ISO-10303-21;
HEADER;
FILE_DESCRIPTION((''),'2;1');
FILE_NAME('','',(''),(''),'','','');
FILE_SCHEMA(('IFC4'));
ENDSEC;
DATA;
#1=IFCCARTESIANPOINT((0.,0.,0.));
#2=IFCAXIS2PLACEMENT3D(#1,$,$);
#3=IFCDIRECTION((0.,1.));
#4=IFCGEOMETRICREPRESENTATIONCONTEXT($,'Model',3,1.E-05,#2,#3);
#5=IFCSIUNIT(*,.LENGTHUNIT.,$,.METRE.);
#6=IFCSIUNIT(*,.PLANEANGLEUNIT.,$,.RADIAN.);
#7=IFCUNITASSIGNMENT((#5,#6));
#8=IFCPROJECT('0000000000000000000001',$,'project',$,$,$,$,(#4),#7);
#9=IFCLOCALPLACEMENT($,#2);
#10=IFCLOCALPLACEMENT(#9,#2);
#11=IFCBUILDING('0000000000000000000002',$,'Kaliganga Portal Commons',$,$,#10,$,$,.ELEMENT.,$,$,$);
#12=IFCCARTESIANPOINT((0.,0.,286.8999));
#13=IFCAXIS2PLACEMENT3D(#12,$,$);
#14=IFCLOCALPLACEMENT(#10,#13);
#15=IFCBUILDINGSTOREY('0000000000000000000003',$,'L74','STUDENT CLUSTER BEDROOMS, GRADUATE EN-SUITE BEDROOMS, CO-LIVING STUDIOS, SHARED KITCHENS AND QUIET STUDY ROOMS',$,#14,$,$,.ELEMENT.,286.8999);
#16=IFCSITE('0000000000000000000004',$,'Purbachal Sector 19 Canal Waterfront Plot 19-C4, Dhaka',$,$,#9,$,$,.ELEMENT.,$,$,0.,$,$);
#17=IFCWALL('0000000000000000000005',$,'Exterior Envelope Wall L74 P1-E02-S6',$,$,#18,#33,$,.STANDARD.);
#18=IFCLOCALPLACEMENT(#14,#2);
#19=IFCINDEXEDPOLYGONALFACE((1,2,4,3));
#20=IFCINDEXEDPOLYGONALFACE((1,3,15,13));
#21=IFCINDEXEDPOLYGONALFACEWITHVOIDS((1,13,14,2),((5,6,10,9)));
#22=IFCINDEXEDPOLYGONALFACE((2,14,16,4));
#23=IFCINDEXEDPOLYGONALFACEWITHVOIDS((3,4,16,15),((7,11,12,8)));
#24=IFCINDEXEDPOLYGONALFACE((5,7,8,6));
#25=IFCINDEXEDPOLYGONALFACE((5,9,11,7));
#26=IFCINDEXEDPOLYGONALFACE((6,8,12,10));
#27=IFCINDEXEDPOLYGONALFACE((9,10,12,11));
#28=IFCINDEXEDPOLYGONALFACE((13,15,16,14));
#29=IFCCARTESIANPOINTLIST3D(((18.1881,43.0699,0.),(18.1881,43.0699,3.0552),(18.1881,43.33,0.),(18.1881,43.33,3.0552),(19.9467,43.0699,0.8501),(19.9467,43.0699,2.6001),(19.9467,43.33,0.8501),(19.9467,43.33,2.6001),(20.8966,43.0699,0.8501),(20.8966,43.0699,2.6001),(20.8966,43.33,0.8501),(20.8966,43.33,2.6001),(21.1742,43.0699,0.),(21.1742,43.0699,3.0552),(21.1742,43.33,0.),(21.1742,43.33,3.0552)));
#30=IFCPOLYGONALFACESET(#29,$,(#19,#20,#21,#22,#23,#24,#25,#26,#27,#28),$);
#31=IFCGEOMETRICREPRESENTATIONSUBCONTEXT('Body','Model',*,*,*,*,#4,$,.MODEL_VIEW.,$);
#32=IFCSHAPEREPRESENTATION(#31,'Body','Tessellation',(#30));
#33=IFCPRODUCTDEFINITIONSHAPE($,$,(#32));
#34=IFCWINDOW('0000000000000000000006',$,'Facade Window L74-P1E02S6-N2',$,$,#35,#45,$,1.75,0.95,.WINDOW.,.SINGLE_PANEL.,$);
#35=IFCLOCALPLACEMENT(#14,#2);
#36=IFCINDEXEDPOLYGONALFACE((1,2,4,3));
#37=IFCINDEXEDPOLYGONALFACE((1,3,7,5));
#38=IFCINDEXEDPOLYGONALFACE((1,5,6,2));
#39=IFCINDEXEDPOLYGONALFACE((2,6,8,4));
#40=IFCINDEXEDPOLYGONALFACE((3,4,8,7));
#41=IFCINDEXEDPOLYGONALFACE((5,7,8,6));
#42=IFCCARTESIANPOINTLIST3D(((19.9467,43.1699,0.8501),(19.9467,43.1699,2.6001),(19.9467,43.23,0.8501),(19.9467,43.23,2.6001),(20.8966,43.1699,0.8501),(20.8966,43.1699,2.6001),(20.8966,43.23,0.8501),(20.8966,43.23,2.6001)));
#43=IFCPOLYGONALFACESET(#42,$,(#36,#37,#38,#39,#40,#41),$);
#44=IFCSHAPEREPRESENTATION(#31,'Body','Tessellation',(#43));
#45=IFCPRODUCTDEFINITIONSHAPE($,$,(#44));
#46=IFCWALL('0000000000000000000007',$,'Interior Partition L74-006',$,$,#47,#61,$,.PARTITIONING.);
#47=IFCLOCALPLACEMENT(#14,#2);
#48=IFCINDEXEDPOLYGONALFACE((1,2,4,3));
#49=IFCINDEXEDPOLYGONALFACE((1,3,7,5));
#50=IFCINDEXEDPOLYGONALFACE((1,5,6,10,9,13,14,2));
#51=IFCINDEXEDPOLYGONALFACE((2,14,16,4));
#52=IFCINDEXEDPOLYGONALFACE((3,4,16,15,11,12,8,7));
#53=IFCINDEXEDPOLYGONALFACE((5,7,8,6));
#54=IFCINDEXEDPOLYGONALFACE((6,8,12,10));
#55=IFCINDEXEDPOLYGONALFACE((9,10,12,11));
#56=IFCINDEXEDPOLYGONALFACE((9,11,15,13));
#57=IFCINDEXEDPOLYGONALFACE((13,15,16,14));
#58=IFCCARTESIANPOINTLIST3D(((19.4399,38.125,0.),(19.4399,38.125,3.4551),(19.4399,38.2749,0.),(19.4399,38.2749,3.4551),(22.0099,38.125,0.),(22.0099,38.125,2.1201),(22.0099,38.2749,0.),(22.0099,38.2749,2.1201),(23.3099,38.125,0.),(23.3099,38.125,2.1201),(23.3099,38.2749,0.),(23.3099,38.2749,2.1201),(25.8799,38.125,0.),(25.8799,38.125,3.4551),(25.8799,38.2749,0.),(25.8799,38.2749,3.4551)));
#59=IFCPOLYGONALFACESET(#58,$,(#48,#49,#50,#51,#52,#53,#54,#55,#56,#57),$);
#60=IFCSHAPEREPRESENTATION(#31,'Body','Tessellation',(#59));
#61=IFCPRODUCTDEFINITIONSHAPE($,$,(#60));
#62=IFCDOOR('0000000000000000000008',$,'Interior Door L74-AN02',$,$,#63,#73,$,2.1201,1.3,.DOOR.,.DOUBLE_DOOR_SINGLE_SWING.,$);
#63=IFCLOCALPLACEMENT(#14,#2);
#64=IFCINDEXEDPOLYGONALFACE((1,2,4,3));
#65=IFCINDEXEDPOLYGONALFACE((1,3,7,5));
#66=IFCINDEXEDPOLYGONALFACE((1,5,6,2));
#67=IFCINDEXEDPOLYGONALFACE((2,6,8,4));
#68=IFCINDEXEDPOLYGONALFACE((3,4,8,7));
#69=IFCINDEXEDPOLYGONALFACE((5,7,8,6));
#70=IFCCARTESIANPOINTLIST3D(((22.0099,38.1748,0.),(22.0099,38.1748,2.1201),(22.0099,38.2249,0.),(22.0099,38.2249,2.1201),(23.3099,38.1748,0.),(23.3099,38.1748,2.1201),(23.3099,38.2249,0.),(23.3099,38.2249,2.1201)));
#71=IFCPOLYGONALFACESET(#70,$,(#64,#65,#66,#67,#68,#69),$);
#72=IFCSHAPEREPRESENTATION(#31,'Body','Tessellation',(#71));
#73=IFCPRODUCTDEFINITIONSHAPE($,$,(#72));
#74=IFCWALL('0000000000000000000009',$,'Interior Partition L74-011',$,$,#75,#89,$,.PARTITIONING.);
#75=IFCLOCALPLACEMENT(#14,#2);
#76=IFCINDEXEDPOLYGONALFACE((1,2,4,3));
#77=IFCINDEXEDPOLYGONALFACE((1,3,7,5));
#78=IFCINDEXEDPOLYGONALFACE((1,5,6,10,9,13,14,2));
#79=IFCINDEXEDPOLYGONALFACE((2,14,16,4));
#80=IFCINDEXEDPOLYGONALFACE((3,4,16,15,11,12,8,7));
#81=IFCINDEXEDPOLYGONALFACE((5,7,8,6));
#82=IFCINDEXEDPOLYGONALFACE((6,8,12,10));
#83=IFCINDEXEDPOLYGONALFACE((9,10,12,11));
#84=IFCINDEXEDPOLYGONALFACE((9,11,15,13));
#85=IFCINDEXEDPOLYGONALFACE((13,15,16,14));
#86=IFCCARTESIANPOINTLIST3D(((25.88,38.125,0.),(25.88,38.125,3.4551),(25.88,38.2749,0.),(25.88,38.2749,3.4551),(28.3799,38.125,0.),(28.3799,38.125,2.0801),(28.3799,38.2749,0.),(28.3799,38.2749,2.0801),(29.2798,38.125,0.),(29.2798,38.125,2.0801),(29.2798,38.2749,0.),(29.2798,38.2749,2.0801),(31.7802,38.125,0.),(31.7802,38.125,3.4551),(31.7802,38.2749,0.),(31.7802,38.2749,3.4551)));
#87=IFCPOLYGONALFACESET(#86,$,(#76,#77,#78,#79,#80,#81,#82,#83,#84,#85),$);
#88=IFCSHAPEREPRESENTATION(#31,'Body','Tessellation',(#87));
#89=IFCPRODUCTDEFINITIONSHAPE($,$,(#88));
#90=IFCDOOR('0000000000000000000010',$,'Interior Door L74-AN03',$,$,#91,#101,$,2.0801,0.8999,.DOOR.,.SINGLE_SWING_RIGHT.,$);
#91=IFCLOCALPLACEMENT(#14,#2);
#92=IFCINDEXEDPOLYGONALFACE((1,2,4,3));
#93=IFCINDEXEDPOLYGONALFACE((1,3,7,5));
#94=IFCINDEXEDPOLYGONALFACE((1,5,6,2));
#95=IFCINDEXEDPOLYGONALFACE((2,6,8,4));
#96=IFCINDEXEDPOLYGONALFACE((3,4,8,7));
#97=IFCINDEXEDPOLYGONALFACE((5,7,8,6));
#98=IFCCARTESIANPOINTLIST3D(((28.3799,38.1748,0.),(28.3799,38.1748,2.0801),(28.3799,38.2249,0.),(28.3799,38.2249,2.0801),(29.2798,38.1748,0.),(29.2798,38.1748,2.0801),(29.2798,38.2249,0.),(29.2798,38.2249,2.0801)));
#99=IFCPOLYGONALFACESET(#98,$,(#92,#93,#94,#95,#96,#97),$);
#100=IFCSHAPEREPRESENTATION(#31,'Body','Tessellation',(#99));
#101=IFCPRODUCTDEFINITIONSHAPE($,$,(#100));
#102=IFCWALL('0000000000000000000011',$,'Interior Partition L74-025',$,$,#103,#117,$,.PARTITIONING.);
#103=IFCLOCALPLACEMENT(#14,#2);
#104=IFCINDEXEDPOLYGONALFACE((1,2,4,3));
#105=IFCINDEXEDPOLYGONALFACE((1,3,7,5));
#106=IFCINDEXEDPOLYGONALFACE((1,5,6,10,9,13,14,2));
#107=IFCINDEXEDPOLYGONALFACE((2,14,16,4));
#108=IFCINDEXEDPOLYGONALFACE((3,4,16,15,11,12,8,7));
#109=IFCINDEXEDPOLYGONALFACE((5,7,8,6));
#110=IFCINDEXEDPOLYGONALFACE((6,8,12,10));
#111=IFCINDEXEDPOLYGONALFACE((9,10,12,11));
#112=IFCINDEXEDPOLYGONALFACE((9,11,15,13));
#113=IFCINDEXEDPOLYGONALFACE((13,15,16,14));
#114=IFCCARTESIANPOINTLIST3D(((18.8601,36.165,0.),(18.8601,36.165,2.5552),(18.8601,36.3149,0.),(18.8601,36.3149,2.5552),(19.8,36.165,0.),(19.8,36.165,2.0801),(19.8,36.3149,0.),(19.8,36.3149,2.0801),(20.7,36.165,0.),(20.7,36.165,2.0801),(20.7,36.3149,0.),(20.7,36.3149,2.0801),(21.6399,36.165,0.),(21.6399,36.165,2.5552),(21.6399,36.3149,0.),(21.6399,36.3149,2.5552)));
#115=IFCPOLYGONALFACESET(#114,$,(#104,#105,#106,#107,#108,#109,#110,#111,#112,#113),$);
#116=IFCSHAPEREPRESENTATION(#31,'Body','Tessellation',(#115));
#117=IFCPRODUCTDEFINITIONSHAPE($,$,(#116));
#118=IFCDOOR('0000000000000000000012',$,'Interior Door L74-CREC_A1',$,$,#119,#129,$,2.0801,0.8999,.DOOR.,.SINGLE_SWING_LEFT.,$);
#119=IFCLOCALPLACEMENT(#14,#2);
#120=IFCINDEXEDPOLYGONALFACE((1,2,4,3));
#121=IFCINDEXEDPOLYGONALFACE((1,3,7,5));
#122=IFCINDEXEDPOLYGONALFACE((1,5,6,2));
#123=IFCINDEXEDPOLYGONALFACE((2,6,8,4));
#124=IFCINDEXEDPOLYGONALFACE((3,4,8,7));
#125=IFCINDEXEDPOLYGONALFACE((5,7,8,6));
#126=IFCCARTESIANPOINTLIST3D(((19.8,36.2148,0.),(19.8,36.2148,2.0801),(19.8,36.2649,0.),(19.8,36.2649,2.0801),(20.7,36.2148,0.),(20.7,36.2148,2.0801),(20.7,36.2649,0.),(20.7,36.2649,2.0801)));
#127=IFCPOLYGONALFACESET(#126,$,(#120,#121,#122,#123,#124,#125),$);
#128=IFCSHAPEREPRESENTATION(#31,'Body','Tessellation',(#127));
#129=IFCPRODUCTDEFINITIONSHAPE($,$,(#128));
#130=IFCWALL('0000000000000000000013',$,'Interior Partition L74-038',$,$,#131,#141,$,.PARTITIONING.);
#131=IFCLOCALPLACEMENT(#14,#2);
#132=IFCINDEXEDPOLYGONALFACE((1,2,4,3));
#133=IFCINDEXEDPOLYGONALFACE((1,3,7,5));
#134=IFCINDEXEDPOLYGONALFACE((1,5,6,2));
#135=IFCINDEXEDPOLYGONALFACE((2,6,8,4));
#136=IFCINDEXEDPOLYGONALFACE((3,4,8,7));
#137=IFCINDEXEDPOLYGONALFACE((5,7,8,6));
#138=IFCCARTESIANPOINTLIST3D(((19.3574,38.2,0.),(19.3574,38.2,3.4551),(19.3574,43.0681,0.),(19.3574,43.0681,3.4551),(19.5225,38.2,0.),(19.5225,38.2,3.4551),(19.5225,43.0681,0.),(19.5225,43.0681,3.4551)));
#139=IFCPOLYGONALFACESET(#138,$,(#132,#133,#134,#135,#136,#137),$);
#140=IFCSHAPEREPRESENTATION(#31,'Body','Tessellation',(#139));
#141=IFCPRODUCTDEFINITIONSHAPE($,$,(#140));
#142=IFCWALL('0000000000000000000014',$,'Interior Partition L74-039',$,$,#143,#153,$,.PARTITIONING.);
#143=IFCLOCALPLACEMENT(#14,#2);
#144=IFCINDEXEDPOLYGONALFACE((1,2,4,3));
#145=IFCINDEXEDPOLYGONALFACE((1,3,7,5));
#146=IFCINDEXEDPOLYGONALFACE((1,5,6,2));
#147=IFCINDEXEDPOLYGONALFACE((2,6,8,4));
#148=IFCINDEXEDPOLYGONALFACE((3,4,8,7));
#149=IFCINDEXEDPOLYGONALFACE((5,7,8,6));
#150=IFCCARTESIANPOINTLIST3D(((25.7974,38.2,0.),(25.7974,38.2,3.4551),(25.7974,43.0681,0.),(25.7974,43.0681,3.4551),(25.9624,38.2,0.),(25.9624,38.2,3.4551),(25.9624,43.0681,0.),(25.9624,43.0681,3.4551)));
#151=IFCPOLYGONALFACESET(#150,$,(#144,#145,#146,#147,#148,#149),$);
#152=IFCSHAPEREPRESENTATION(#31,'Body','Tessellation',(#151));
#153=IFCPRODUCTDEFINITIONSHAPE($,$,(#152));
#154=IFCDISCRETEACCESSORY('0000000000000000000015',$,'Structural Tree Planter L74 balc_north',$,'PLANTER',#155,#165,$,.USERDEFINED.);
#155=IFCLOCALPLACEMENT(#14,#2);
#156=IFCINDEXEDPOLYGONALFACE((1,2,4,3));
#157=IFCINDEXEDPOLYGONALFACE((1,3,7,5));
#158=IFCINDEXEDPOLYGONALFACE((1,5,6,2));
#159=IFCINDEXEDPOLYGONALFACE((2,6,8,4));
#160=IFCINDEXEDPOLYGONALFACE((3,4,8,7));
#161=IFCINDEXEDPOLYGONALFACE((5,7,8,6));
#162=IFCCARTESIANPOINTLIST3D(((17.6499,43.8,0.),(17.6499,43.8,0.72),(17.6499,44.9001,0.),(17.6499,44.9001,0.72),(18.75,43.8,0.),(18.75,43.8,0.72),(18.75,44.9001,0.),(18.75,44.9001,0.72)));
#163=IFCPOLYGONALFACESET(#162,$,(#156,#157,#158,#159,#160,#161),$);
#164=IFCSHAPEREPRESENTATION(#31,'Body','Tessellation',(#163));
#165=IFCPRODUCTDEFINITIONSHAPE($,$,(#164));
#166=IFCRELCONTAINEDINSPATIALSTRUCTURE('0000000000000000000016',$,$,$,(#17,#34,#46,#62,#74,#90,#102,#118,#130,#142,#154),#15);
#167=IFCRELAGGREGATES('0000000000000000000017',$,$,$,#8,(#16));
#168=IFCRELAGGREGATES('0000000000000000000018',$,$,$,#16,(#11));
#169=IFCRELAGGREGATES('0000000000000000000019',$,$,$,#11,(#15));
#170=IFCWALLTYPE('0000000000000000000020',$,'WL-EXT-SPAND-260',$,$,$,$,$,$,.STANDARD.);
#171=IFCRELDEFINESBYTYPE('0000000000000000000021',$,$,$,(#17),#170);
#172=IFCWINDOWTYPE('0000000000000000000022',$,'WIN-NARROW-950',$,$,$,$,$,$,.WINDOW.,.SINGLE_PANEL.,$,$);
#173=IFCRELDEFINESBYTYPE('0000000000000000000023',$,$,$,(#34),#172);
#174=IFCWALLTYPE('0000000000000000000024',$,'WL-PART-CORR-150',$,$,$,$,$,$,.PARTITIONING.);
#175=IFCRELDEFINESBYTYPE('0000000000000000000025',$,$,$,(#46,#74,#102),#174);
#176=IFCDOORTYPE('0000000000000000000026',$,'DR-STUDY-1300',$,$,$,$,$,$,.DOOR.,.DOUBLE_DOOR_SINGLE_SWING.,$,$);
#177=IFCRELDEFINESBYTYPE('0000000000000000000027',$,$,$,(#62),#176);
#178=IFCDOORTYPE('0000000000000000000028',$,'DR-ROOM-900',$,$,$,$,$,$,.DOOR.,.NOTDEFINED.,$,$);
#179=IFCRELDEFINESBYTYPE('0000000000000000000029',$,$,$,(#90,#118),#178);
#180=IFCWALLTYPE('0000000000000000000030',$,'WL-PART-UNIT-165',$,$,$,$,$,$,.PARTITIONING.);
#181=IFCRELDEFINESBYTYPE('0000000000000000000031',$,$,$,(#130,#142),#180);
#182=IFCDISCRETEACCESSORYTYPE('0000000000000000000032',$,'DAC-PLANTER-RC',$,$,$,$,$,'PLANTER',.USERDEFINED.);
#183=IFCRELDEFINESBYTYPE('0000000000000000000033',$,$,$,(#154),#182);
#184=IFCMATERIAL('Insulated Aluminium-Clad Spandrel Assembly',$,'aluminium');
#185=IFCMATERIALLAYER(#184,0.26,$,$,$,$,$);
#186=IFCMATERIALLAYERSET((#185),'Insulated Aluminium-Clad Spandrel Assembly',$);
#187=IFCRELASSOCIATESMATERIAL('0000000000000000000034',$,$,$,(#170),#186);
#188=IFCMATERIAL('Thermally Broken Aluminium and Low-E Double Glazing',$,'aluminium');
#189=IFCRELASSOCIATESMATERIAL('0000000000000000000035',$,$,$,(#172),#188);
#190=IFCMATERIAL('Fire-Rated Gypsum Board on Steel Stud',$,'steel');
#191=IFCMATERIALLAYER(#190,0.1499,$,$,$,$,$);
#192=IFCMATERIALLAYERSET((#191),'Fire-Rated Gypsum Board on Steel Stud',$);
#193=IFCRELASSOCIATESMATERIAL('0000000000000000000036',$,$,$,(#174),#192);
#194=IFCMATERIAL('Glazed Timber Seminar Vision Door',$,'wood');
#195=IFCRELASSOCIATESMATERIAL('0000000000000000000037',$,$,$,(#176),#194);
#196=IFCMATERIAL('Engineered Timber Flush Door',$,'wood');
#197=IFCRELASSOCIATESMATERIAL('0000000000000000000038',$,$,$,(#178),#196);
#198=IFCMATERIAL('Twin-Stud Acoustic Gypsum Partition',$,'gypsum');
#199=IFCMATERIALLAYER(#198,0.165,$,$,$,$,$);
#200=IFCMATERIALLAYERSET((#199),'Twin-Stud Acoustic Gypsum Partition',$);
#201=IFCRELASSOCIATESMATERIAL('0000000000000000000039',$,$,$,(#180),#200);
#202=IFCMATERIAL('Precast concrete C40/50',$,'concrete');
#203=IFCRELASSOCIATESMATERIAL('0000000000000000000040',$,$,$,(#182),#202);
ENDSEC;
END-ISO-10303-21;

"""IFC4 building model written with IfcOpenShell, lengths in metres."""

from ifc_helpers import new_model, si_unit, direction, frame, frame_2d, origin, origin_2d, place, context, subcontext, project, spatial, rectangle, extrude, source, transform, mapped, material, layer, layer_set, type_object, element, fill, save


model = new_model("IFC4")

# Units and contexts
model_context = context("Model", 3, precision=1e-05, world=origin(), true_north=direction((0.0, 1.0)))
body_context = subcontext(model_context, "Body", "Model", "MODEL_VIEW")
ifc_project = project(units=[si_unit("LENGTHUNIT", "METRE"), si_unit("PLANEANGLEUNIT", "RADIAN")], contexts=[model_context])

# Site, building, storey
site_placement = place(None, origin())
site = spatial("IfcSite", under=ifc_project, at=site_placement, Name="Purbachal Sector 19 Canal Waterfront Plot 19-C4, Dhaka", CompositionType="ELEMENT", RefElevation=0.0)
building_placement = place(site_placement, origin())
building = spatial("IfcBuilding", under=site, at=building_placement, Name="Kaliganga Portal Commons", CompositionType="ELEMENT")
storey_placement = place(building_placement, frame((0.0, 0.0, 286.8999)))
storey = spatial("IfcBuildingStorey", under=building, at=storey_placement, Name="L74", Description="STUDENT CLUSTER BEDROOMS, GRADUATE EN-SUITE BEDROOMS, CO-LIVING STUDIOS, SHARED KITCHENS AND QUIET STUDY ROOMS", CompositionType="ELEMENT", Elevation=286.8999)

# Wall, opening, window
ifc_material_1 = material(Name="Insulated Aluminium-Clad Spandrel Assembly", Category="aluminium")
ifc_layer_1 = layer(ifc_material_1, 0.26)
ifc_layer_set_1 = layer_set([ifc_layer_1], Name="Insulated Aluminium-Clad Spandrel Assembly")
wall_type_1 = type_object("IfcWallType", Name="WL-EXT-SPAND-260", PredefinedType="STANDARD", material=ifc_layer_set_1)
ifc_material_2 = material(Name="Thermally Broken Aluminium and Low-E Double Glazing", Category="aluminium")
window_type = type_object("IfcWindowType", Name="WIN-NARROW-950", PartitioningType="SINGLE_PANEL", PredefinedType="WINDOW", material=ifc_material_2)
wall_1_placement = place(storey_placement, frame((18.188, 43.2, 0.0), z_axis=(0.0, 0.0, 1.0), x_axis=(1.0, 0.0, 0.0)))
wall_1 = element("IfcWall", 1, at=wall_1_placement, inside=storey, type_object=wall_type_1, Name="Exterior Envelope Wall L74 P1-E02-S6", PredefinedType="STANDARD", context=body_context, shape_type="SweptSolid", body=[
    extrude(rectangle(XDim=2.9861, YDim=0.26, at=frame_2d((1.4932, 0.0))), origin(), (0.0, 0.0, 1.0), 3.0552),
])
opening_1_placement = place(wall_1_placement, frame((1.7585, 0.0, 0.8501)))
opening_1 = element("IfcOpeningElement", 2, at=opening_1_placement, cuts=wall_1, PredefinedType="OPENING", context=body_context, shape_type="SweptSolid", body=[
    extrude(rectangle(XDim=0.95, YDim=1.75, at=frame_2d((0.4751, 0.875))), frame((0.0, 0.1401, 0.0), z_axis=(0.0, -1.0, 0.0), x_axis=(1.0, 0.0, 0.0)), (0.0, 0.0, 1.0), 0.28),
])
window_1_placement = place(opening_1_placement, origin())
window_1 = element("IfcWindow", 3, at=window_1_placement, inside=storey, type_object=window_type, Name="Facade Window L74-P1E02S6-N2", OverallHeight=1.75, OverallWidth=0.95, PartitioningType="SINGLE_PANEL", PredefinedType="WINDOW", context=body_context, shape_type="SweptSolid", body=[
    extrude(rectangle(XDim=0.95, YDim=1.75, at=frame_2d((0.4751, 0.875))), frame((0.0, 0.03, 0.0), z_axis=(0.0, -1.0, 0.0), x_axis=(1.0, 0.0, 0.0)), (0.0, 0.0, 1.0), 0.0601),
])
fill(opening_1, window_1)

# Walls, openings, doors
ifc_material_3 = material(Name="Fire-Rated Gypsum Board on Steel Stud", Category="steel")
ifc_layer_2 = layer(ifc_material_3, 0.1499)
ifc_layer_set_2 = layer_set([ifc_layer_2], Name="Fire-Rated Gypsum Board on Steel Stud")
wall_type_2 = type_object("IfcWallType", Name="WL-PART-CORR-150", PredefinedType="PARTITIONING", material=ifc_layer_set_2)
wall_2_placement = place(storey_placement, frame((19.4399, 38.2, 0.0), z_axis=(0.0, 0.0, 1.0), x_axis=(1.0, 0.0, 0.0)))
wall_2 = element("IfcWall", 4, at=wall_2_placement, inside=storey, type_object=wall_type_2, Name="Interior Partition L74-006", PredefinedType="PARTITIONING", context=body_context, shape_type="SweptSolid", body=[
    extrude(rectangle(XDim=6.4399, YDim=0.1499, at=frame_2d((3.22, 0.0))), origin(), (0.0, 0.0, 1.0), 3.4551),
])
opening_2_placement = place(wall_2_placement, frame((2.5701, 0.0, 0.0)))
opening_2 = element("IfcOpeningElement", 5, at=opening_2_placement, cuts=wall_2, PredefinedType="OPENING", context=body_context, shape_type="SweptSolid", body=[
    extrude(rectangle(XDim=1.3, YDim=2.1201, at=frame_2d((0.6499, 1.0601))), frame((0.0, 0.085, 0.0), z_axis=(0.0, -1.0, 0.0), x_axis=(1.0, 0.0, 0.0)), (0.0, 0.0, 1.0), 0.1699),
])
ifc_material_4 = material(Name="Glazed Timber Seminar Vision Door", Category="wood")
door_type_1 = type_object("IfcDoorType", Name="DR-STUDY-1300", OperationType="DOUBLE_DOOR_SINGLE_SWING", PredefinedType="DOOR", material=ifc_material_4)
door_1_placement = place(opening_2_placement, origin())
door_1 = element("IfcDoor", 6, at=door_1_placement, inside=storey, type_object=door_type_1, Name="Interior Door L74-AN02", OperationType="DOUBLE_DOOR_SINGLE_SWING", OverallHeight=2.1201, OverallWidth=1.3, PredefinedType="DOOR", context=body_context, shape_type="SweptSolid", body=[
    extrude(rectangle(XDim=1.3, YDim=2.1201, at=frame_2d((0.6499, 1.0601))), frame((0.0, 0.0249, 0.0), z_axis=(0.0, -1.0, 0.0), x_axis=(1.0, 0.0, 0.0)), (0.0, 0.0, 1.0), 0.05),
])
fill(opening_2, door_1)
wall_3_placement = place(storey_placement, frame((25.8799, 38.2, 0.0), z_axis=(0.0, 0.0, 1.0), x_axis=(1.0, 0.0, 0.0)))
wall_3 = element("IfcWall", 7, at=wall_3_placement, inside=storey, type_object=wall_type_2, Name="Interior Partition L74-011", PredefinedType="PARTITIONING", context=body_context, shape_type="SweptSolid", body=[
    extrude(rectangle(XDim=5.9001, YDim=0.1499, at=frame_2d((2.9502, 0.0))), origin(), (0.0, 0.0, 1.0), 3.4551),
])
opening_3_placement = place(wall_3_placement, frame((2.5, 0.0, 0.0)))
opening_3 = element("IfcOpeningElement", 8, at=opening_3_placement, cuts=wall_3, PredefinedType="OPENING", context=body_context, shape_type="SweptSolid", body=[
    extrude(rectangle(XDim=0.8999, YDim=2.0801, at=frame_2d((0.45, 1.04))), frame((0.0, 0.085, 0.0), z_axis=(0.0, -1.0, 0.0), x_axis=(1.0, 0.0, 0.0)), (0.0, 0.0, 1.0), 0.1699),
])
ifc_material_5 = material(Name="Engineered Timber Flush Door", Category="wood")
door_type_2 = type_object("IfcDoorType", Name="DR-ROOM-900", OperationType="NOTDEFINED", PredefinedType="DOOR", material=ifc_material_5)
door_2_placement = place(opening_3_placement, origin())
door_2 = element("IfcDoor", 9, at=door_2_placement, inside=storey, type_object=door_type_2, Name="Interior Door L74-AN03", OperationType="SINGLE_SWING_RIGHT", OverallHeight=2.0801, OverallWidth=0.8999, PredefinedType="DOOR", context=body_context, shape_type="SweptSolid", body=[
    extrude(rectangle(XDim=0.8999, YDim=2.0801, at=frame_2d((0.45, 1.04))), frame((0.0, 0.0249, 0.0), z_axis=(0.0, -1.0, 0.0), x_axis=(1.0, 0.0, 0.0)), (0.0, 0.0, 1.0), 0.05),
])
fill(opening_3, door_2)
wall_4_placement = place(storey_placement, frame((18.8601, 36.24, 0.0), z_axis=(0.0, 0.0, 1.0), x_axis=(1.0, 0.0, 0.0)))
wall_4 = element("IfcWall", 10, at=wall_4_placement, inside=storey, type_object=wall_type_2, Name="Interior Partition L74-025", PredefinedType="PARTITIONING", context=body_context, shape_type="SweptSolid", body=[
    extrude(rectangle(XDim=2.7798, YDim=0.1499, at=frame_2d((1.3899, 0.0))), origin(), (0.0, 0.0, 1.0), 2.5552),
])
opening_4_placement = place(wall_4_placement, frame((0.9399, 0.0, 0.0)))
opening_4 = element("IfcOpeningElement", 11, at=opening_4_placement, cuts=wall_4, PredefinedType="OPENING", context=body_context, shape_type="SweptSolid", body=[
    extrude(rectangle(XDim=0.8999, YDim=2.0801, at=frame_2d((0.45, 1.04))), frame((0.0, 0.085, 0.0), z_axis=(0.0, -1.0, 0.0), x_axis=(1.0, 0.0, 0.0)), (0.0, 0.0, 1.0), 0.1699),
])
door_3_placement = place(opening_4_placement, origin())
door_3 = element("IfcDoor", 12, at=door_3_placement, inside=storey, type_object=door_type_2, Name="Interior Door L74-CREC_A1", OperationType="SINGLE_SWING_LEFT", OverallHeight=2.0801, OverallWidth=0.8999, PredefinedType="DOOR", context=body_context, shape_type="SweptSolid", body=[
    extrude(rectangle(XDim=0.8999, YDim=2.0801, at=frame_2d((0.45, 1.04))), frame((0.0, 0.0249, 0.0), z_axis=(0.0, -1.0, 0.0), x_axis=(1.0, 0.0, 0.0)), (0.0, 0.0, 1.0), 0.05),
])
fill(opening_4, door_3)

# Walls
ifc_material_6 = material(Name="Twin-Stud Acoustic Gypsum Partition", Category="gypsum")
ifc_layer_3 = layer(ifc_material_6, 0.165)
ifc_layer_set_3 = layer_set([ifc_layer_3], Name="Twin-Stud Acoustic Gypsum Partition")
wall_type_3 = type_object("IfcWallType", Name="WL-PART-UNIT-165", PredefinedType="PARTITIONING", material=ifc_layer_set_3)
for number, where, z_axis, x_axis, name in (
    (13, (19.4399, 38.2, 0.0), (0.0, 0.0, 1.0), (0.0, 1.0, 0.0), "Interior Partition L74-038"),
    (14, (25.8799, 38.2, 0.0), (0.0, 0.0, 1.0), (0.0, 1.0, 0.0), "Interior Partition L74-039"),
):
    element("IfcWall", number, at=place(storey_placement, frame(where, z_axis=z_axis, x_axis=x_axis)), inside=storey, type_object=wall_type_3, Name=name, PredefinedType="PARTITIONING", context=body_context, shape_type="SweptSolid", body=[
        extrude(rectangle(XDim=4.8682, YDim=0.165, at=frame_2d((2.4341, 0.0))), origin(), (0.0, 0.0, 1.0), 3.4551),
    ])

# Discrete accessory
ifc_material_7 = material(Name="Precast concrete C40/50", Category="concrete")
discrete_accessory_type = type_object("IfcDiscreteAccessoryType", Name="DAC-PLANTER-RC", ElementType="PLANTER", PredefinedType="USERDEFINED", material=ifc_material_7)
shared_shape_1 = source(origin(), body_context, "Body", "SweptSolid", [
    extrude(rectangle(XDim=1.1001, YDim=1.1001, at=origin_2d()), origin(), (0.0, 0.0, 1.0), 0.72),
])
discrete_accessory_placement = place(storey_placement, frame((18.2, 44.3501, 0.0), z_axis=(0.0, 0.0, 1.0), x_axis=(1.0, 0.0, 0.0)))
element("IfcDiscreteAccessory", 15, at=discrete_accessory_placement, inside=storey, type_object=discrete_accessory_type, Name="Structural Tree Planter L74 balc_north", ObjectType="PLANTER", PredefinedType="USERDEFINED", context=body_context, shape_type="MappedRepresentation", body=[
    mapped(shared_shape_1, transform((0.0, 0.0, 0.0), x_axis=(1.0, 0.0, 0.0), y_axis=(0.0, 1.0, 0.0), z_axis=(0.0, 0.0, 1.0), scale=1.0)),
])

save(model, "model.ifc")
